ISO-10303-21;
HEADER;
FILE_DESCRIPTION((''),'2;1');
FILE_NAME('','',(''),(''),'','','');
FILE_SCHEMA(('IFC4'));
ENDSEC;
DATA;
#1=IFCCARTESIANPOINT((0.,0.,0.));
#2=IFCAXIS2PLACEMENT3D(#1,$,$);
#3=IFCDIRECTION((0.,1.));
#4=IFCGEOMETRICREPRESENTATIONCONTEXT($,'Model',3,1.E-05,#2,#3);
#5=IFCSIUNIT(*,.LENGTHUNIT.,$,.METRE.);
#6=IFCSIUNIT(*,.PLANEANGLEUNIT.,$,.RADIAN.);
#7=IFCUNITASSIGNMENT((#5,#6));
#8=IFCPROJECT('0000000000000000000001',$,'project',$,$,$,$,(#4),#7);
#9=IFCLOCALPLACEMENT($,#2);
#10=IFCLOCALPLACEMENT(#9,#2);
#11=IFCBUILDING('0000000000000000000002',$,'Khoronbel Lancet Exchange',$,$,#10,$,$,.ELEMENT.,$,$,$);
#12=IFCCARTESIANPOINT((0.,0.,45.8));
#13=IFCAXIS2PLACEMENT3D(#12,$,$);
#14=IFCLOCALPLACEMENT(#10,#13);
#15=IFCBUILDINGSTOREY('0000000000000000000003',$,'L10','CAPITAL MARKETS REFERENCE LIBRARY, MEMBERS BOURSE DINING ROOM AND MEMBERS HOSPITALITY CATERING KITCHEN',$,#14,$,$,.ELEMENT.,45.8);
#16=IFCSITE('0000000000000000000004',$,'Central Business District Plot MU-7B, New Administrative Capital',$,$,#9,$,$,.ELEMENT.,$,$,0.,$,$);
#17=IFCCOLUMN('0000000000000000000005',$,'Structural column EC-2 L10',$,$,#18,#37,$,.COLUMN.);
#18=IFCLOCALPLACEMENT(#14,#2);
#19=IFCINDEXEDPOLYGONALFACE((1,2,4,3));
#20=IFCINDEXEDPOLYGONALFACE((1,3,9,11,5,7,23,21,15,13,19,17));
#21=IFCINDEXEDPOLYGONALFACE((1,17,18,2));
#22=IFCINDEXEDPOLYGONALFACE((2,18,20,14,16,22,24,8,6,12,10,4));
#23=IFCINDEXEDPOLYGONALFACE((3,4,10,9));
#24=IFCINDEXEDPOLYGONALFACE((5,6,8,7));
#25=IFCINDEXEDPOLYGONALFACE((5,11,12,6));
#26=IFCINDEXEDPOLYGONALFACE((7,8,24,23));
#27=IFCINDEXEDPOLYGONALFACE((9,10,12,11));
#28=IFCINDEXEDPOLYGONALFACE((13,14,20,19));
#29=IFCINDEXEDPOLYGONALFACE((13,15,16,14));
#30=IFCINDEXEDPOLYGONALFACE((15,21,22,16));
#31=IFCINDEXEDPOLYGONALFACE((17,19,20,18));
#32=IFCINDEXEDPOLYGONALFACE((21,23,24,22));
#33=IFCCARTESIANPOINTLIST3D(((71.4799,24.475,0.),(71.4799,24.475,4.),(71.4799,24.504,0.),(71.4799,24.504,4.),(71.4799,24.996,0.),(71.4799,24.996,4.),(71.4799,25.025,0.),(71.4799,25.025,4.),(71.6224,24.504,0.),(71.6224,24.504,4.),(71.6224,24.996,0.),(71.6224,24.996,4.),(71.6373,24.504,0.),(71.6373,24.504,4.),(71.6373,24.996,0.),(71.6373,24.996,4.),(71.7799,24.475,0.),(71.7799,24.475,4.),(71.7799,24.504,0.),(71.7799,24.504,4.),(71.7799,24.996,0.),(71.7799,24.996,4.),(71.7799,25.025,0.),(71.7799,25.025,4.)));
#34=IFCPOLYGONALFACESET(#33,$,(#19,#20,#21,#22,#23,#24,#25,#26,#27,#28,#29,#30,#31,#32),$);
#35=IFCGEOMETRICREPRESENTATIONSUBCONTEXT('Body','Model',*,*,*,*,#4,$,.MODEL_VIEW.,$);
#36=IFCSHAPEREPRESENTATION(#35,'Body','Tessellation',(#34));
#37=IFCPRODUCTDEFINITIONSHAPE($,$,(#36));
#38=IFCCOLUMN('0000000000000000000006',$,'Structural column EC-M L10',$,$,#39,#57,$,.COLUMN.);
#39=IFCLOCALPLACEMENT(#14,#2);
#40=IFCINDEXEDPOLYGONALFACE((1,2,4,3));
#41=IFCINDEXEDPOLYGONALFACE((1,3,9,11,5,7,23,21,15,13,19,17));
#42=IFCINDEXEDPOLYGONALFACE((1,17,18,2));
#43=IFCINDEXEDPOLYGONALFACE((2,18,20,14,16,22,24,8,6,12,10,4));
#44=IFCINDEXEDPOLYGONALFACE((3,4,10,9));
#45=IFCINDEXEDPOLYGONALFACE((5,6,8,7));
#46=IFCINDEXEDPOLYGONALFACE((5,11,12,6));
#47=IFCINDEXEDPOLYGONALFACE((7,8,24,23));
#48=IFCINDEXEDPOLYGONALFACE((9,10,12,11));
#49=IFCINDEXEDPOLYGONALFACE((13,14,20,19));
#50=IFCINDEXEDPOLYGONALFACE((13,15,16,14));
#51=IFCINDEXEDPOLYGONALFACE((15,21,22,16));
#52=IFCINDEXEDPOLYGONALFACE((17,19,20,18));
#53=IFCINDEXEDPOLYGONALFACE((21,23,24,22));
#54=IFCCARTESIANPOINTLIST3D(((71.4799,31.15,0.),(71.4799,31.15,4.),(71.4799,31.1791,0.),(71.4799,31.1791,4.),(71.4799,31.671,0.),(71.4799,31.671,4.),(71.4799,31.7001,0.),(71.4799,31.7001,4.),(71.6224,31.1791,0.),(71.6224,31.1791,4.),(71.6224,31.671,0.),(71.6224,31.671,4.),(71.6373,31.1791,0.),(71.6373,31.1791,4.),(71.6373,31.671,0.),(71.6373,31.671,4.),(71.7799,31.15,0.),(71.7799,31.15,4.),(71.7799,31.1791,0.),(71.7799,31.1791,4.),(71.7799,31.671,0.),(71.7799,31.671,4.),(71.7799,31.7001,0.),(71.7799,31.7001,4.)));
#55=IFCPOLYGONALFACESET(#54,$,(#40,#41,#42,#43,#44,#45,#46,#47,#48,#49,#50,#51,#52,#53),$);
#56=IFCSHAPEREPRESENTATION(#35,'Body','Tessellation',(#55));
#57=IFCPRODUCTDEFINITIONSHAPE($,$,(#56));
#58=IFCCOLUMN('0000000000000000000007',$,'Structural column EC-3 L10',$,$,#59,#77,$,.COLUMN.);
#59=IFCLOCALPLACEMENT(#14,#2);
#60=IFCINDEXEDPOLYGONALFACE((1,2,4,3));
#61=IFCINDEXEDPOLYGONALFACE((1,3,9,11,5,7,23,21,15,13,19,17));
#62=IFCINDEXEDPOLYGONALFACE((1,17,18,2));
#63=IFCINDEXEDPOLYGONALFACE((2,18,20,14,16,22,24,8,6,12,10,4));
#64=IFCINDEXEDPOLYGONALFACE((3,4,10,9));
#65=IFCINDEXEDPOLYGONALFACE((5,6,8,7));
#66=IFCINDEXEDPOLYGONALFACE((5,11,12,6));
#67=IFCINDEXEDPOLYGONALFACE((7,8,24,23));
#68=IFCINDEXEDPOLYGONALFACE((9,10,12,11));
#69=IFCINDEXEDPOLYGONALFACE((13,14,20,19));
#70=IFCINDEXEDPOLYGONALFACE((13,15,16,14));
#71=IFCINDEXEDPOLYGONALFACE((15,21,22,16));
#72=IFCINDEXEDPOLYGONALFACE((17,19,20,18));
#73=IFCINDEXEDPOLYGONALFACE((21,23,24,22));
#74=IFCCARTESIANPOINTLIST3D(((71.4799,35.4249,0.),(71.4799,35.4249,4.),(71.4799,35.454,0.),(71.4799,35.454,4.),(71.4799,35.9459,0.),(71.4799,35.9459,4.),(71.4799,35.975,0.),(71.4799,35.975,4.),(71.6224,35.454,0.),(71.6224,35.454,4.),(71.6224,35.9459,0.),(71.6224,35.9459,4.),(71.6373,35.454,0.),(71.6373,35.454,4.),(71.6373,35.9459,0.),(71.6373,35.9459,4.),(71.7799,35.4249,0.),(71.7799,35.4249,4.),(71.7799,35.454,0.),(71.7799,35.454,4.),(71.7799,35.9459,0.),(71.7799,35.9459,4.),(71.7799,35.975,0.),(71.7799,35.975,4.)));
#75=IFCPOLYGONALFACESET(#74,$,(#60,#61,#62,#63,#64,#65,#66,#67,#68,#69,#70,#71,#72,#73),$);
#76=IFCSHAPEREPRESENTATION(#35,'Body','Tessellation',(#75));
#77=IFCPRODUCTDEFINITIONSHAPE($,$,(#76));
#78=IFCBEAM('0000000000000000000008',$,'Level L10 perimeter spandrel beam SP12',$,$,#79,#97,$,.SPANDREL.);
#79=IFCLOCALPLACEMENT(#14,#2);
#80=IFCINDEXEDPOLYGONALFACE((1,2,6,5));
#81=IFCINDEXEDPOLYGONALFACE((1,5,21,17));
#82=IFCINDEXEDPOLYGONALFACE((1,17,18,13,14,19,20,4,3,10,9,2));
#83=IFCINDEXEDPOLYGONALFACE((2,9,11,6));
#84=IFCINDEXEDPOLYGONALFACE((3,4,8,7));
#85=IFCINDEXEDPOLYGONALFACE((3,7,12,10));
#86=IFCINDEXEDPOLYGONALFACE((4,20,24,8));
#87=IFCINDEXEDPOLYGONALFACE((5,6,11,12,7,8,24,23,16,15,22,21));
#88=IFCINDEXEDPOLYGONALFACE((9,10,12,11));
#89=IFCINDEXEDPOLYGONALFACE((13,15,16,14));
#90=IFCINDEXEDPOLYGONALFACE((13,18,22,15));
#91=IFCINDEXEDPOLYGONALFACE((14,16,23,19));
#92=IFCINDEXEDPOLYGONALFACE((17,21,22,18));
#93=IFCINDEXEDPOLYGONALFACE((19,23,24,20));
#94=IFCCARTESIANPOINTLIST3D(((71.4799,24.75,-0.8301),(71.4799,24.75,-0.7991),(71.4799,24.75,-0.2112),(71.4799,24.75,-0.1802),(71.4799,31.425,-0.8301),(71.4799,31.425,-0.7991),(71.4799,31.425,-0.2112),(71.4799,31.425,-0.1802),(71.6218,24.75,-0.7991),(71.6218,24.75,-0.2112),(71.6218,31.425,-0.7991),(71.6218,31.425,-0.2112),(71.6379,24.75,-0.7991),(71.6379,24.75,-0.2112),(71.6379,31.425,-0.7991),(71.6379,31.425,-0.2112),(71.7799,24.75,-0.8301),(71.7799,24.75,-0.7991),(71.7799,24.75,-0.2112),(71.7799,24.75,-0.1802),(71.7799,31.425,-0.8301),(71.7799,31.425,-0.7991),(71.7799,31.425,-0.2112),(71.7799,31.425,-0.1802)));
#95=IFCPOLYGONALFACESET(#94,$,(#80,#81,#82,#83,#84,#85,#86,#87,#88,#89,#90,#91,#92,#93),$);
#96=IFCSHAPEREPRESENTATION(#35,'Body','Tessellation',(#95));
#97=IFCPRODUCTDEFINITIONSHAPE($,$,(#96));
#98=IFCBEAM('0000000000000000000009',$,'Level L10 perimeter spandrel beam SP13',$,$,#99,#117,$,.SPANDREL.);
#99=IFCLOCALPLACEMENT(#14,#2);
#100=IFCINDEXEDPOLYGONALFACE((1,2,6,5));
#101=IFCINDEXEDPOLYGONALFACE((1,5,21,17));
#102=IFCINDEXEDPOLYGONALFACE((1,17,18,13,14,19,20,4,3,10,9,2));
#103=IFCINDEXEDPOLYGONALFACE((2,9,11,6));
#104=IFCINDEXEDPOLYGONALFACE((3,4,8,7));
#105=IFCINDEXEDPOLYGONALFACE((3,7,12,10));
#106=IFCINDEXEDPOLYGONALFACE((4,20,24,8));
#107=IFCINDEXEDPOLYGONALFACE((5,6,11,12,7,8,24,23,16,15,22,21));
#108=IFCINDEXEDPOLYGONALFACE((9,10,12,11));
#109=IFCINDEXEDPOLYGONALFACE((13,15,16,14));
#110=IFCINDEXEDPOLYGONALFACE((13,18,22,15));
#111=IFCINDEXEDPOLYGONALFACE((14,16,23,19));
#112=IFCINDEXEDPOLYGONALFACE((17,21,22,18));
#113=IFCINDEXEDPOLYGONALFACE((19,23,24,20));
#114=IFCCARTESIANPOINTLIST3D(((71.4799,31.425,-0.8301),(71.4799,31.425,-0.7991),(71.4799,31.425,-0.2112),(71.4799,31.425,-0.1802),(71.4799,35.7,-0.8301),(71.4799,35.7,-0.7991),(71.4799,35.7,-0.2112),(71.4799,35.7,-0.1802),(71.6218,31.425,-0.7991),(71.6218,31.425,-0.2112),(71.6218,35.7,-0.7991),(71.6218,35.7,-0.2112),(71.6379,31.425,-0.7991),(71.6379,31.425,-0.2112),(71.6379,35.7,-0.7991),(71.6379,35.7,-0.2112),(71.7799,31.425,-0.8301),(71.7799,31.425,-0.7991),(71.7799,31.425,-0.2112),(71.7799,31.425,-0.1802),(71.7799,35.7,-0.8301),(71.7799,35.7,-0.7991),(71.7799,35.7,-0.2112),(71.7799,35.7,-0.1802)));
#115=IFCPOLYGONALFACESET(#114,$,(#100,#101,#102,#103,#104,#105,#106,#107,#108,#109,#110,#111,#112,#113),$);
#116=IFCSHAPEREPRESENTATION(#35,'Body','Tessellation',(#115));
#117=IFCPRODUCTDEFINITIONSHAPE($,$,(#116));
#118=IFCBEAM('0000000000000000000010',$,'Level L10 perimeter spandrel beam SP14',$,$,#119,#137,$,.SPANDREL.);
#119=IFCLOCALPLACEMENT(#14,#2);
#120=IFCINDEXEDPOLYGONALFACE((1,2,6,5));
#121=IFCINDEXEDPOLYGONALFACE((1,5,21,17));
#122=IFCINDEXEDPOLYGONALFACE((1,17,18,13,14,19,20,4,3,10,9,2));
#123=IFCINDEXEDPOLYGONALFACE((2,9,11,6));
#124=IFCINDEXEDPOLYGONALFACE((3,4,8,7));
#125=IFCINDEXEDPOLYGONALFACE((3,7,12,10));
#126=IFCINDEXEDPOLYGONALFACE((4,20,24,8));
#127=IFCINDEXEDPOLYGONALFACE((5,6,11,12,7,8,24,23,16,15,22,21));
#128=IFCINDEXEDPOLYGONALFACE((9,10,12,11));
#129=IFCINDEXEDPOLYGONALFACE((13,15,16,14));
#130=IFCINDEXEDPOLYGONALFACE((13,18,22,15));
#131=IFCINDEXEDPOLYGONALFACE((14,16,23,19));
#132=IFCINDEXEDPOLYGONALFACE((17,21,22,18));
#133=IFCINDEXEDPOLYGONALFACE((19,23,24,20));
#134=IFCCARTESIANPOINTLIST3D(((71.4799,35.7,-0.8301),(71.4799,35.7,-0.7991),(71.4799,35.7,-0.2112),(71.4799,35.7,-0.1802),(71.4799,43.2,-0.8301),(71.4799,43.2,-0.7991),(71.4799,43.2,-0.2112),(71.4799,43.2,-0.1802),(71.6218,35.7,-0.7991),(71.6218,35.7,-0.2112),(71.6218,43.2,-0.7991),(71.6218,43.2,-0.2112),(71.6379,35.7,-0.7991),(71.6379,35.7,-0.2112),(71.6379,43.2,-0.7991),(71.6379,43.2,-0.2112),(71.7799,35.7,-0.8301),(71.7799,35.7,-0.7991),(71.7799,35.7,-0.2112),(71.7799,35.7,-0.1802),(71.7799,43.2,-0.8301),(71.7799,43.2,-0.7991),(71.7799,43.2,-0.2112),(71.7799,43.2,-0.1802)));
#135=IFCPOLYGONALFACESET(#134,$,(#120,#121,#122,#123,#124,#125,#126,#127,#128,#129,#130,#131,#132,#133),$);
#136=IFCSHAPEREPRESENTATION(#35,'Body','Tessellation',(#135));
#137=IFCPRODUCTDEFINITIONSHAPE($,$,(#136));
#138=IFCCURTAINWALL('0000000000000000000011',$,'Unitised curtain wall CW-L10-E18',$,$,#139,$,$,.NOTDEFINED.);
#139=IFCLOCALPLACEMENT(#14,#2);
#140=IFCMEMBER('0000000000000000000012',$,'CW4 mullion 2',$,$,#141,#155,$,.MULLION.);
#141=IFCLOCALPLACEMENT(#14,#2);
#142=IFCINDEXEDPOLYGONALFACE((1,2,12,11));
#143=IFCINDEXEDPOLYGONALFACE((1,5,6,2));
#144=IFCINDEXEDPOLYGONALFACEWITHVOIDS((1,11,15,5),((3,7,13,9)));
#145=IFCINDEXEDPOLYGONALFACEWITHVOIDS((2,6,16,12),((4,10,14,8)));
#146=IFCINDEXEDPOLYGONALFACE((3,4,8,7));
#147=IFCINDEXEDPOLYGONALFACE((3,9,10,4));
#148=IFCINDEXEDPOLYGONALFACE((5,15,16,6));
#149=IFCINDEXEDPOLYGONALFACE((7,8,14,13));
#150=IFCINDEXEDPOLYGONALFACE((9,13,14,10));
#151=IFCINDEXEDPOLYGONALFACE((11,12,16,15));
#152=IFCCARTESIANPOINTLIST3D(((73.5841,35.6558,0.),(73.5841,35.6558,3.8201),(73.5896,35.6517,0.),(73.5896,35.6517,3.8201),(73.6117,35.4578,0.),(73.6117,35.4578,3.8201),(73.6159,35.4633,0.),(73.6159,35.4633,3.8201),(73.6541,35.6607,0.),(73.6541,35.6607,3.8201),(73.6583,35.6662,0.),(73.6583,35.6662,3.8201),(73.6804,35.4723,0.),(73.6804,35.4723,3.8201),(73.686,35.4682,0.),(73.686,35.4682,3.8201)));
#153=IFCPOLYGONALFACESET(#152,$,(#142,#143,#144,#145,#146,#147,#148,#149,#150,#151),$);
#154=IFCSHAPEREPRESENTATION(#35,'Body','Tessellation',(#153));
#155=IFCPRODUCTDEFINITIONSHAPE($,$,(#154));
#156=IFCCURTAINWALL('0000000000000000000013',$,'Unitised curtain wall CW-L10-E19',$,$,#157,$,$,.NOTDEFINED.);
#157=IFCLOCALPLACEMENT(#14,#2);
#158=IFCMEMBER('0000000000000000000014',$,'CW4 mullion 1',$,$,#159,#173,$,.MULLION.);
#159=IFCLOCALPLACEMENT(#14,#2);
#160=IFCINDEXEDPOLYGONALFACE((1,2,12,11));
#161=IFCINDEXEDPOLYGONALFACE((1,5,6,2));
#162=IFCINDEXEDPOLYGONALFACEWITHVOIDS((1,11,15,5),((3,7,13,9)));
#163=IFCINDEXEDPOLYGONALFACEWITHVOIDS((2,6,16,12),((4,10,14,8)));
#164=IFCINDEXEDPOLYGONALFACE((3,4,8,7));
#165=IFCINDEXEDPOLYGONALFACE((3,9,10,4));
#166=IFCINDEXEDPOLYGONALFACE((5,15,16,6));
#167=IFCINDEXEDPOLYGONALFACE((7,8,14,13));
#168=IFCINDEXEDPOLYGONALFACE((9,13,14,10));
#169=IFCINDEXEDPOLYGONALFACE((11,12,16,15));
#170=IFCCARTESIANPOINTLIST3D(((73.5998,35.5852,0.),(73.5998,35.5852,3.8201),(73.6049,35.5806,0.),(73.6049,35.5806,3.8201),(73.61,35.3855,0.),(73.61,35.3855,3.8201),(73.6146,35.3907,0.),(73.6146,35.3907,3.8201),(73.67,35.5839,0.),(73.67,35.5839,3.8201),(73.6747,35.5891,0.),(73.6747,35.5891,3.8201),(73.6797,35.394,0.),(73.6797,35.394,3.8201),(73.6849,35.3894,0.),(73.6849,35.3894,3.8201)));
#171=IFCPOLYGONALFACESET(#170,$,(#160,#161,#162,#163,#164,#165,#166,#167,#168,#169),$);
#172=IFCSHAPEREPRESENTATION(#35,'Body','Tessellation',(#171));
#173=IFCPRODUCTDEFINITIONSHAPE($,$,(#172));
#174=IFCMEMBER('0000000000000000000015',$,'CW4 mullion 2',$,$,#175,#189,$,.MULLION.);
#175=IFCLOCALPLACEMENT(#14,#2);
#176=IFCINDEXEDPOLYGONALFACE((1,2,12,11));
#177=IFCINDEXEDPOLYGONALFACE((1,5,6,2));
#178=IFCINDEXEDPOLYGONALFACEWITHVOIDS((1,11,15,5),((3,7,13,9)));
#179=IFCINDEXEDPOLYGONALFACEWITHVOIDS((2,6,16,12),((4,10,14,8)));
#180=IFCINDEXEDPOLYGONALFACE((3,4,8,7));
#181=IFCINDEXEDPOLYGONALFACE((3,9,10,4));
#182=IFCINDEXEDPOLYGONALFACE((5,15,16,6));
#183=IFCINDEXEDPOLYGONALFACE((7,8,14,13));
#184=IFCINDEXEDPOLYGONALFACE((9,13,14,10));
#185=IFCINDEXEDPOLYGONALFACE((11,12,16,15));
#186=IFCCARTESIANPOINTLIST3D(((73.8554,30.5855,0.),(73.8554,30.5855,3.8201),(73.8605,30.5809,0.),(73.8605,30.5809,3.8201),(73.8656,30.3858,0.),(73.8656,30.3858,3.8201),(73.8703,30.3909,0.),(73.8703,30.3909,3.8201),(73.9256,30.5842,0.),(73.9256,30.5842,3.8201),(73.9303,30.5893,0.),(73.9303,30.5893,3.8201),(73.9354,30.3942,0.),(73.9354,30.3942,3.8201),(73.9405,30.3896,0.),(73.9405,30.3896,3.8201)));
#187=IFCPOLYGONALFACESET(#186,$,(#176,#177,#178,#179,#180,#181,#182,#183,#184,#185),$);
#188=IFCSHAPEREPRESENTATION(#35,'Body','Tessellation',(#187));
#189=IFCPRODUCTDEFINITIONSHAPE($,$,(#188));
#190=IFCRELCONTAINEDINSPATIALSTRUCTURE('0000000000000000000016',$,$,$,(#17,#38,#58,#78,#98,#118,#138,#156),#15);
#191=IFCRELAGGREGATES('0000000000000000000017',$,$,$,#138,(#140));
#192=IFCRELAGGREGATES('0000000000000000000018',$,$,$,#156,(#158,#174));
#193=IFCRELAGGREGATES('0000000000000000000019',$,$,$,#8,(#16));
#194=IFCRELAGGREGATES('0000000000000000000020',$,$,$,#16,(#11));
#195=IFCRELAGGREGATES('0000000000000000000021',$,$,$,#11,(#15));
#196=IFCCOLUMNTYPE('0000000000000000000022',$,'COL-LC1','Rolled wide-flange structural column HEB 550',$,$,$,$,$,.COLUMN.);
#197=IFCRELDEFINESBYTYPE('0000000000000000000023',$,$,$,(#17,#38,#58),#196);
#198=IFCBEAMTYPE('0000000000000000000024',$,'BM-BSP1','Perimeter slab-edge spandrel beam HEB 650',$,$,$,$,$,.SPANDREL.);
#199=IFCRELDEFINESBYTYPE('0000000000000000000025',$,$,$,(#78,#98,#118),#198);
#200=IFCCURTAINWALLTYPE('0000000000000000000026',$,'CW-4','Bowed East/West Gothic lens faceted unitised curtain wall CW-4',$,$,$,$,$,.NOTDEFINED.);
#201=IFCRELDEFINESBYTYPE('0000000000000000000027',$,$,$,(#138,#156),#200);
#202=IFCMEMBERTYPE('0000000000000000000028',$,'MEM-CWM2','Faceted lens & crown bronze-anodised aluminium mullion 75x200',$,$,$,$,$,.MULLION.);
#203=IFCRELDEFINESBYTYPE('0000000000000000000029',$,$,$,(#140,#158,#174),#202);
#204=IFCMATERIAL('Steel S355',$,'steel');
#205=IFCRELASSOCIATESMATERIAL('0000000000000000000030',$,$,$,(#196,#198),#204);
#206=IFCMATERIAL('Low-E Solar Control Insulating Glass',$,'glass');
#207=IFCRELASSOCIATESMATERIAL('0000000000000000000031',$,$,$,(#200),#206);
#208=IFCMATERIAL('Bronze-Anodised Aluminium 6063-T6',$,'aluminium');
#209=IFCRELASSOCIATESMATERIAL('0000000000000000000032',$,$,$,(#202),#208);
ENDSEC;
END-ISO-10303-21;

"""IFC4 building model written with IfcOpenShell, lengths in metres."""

from ifc_helpers import new_model, si_unit, direction, frame, origin, origin_2d, place, context, subcontext, project, spatial, hollow_rectangle, i_section, extrude, material, material_profile, profile_set, type_object, element, aggregate, save


model = new_model("IFC4")

# Units and contexts
model_context = context("Model", 3, precision=1e-05, world=origin(), true_north=direction((0.0, 1.0)))
body_context = subcontext(model_context, "Body", "Model", "MODEL_VIEW")
ifc_project = project(units=[si_unit("LENGTHUNIT", "METRE"), si_unit("PLANEANGLEUNIT", "RADIAN")], contexts=[model_context])

# Site, building, storey
site_placement = place(None, origin())
site = spatial("IfcSite", under=ifc_project, at=site_placement, Name="Central Business District Plot MU-7B, New Administrative Capital", CompositionType="ELEMENT", RefElevation=0.0)
building_placement = place(site_placement, origin())
building = spatial("IfcBuilding", under=site, at=building_placement, Name="Khoronbel Lancet Exchange", CompositionType="ELEMENT")
storey_placement = place(building_placement, frame((0.0, 0.0, 45.8)))
storey = spatial("IfcBuildingStorey", under=building, at=storey_placement, Name="L10", Description="CAPITAL MARKETS REFERENCE LIBRARY, MEMBERS BOURSE DINING ROOM AND MEMBERS HOSPITALITY CATERING KITCHEN", CompositionType="ELEMENT", Elevation=45.8)

# Columns
ifc_material_1 = material(Name="Steel S355", Category="steel")
ifc_material_profile_1 = material_profile(ifc_material_1, i_section(OverallWidth=0.3, OverallDepth=0.55, WebThickness=0.0149, FlangeThickness=0.0291, at=origin_2d()), Name="HEB 550")
ifc_profile_set_1 = profile_set([ifc_material_profile_1], Name="Steel S355")
column_type = type_object("IfcColumnType", Name="COL-LC1", Description="Rolled wide-flange structural column HEB 550", PredefinedType="COLUMN", material=ifc_profile_set_1)
for number, where, z_axis, x_axis, name in (
    (1, (71.6299, 24.75, 0.0), (0.0, 0.0, 1.0), (1.0, 0.0, 0.0), "Structural column EC-2 L10"),
    (2, (71.6299, 31.425, 0.0), (0.0, 0.0, 1.0), (1.0, 0.0, 0.0), "Structural column EC-M L10"),
    (3, (71.6299, 35.7, 0.0), (0.0, 0.0, 1.0), (1.0, 0.0, 0.0), "Structural column EC-3 L10"),
):
    element("IfcColumn", number, at=place(storey_placement, frame(where, z_axis=z_axis, x_axis=x_axis)), inside=storey, type_object=column_type, Name=name, PredefinedType="COLUMN", context=body_context, shape_type="SweptSolid", body=[
        extrude(i_section(OverallWidth=0.3, OverallDepth=0.55, WebThickness=0.0149, FlangeThickness=0.0291, at=origin_2d()), origin(), (0.0, 0.0, 1.0), 4.0),
    ])

# Beams
ifc_material_profile_2 = material_profile(ifc_material_1, i_section(OverallWidth=0.3, OverallDepth=0.6499, WebThickness=0.0161, FlangeThickness=0.031, at=origin_2d()), Name="HEB 650")
ifc_profile_set_2 = profile_set([ifc_material_profile_2], Name="Steel S355")
beam_type = type_object("IfcBeamType", Name="BM-BSP1", Description="Perimeter slab-edge spandrel beam HEB 650", PredefinedType="SPANDREL", material=ifc_profile_set_2)
beam_1_placement = place(storey_placement, frame((71.6299, 24.75, -0.5051), z_axis=(0.0, 1.0, 0.0), x_axis=(-1.0, 0.0, 0.0)))
element("IfcBeam", 4, at=beam_1_placement, inside=storey, type_object=beam_type, Name="Level L10 perimeter spandrel beam SP12", PredefinedType="SPANDREL", context=body_context, shape_type="SweptSolid", body=[
    extrude(i_section(OverallWidth=0.3, OverallDepth=0.6499, WebThickness=0.0161, FlangeThickness=0.031, at=origin_2d()), origin(), (0.0, 0.0, 1.0), 6.675),
])
beam_2_placement = place(storey_placement, frame((71.6299, 31.425, -0.5051), z_axis=(0.0, 1.0, 0.0), x_axis=(-1.0, 0.0, 0.0)))
element("IfcBeam", 5, at=beam_2_placement, inside=storey, type_object=beam_type, Name="Level L10 perimeter spandrel beam SP13", PredefinedType="SPANDREL", context=body_context, shape_type="SweptSolid", body=[
    extrude(i_section(OverallWidth=0.3, OverallDepth=0.6499, WebThickness=0.0161, FlangeThickness=0.031, at=origin_2d()), origin(), (0.0, 0.0, 1.0), 4.2749),
])
beam_3_placement = place(storey_placement, frame((71.6299, 35.7, -0.5051), z_axis=(0.0, 1.0, 0.0), x_axis=(-1.0, 0.0, 0.0)))
element("IfcBeam", 6, at=beam_3_placement, inside=storey, type_object=beam_type, Name="Level L10 perimeter spandrel beam SP14", PredefinedType="SPANDREL", context=body_context, shape_type="SweptSolid", body=[
    extrude(i_section(OverallWidth=0.3, OverallDepth=0.6499, WebThickness=0.0161, FlangeThickness=0.031, at=origin_2d()), origin(), (0.0, 0.0, 1.0), 7.5),
])

# Curtain wall, member
ifc_material_2 = material(Name="Low-E Solar Control Insulating Glass", Category="glass")
curtain_wall_type = type_object("IfcCurtainWallType", Name="CW-4", Description="Bowed East/West Gothic lens faceted unitised curtain wall CW-4", PredefinedType="NOTDEFINED", material=ifc_material_2)
curtain_wall_1_placement = place(storey_placement, origin())
curtain_wall_1 = element("IfcCurtainWall", 7, at=curtain_wall_1_placement, inside=storey, type_object=curtain_wall_type, Name="Unitised curtain wall CW-L10-E18", PredefinedType="NOTDEFINED")
ifc_material_3 = material(Name="Bronze-Anodised Aluminium 6063-T6", Category="aluminium")
ifc_material_profile_3 = material_profile(ifc_material_3, hollow_rectangle(XDim=0.075, YDim=0.2, WallThickness=0.0049, at=origin_2d()), Name="ALU MULLION 75x200")
ifc_profile_set_3 = profile_set([ifc_material_profile_3], Name="Bronze-Anodised Aluminium 6063-T6")
member_type_1 = type_object("IfcMemberType", Name="MEM-CWM2", Description="Faceted lens & crown bronze-anodised aluminium mullion 75x200", PredefinedType="MULLION", material=ifc_profile_set_3)
member_1_placement = place(storey_placement, frame((73.635, 35.562, 0.0), z_axis=(0.0, 0.0, 1.0), x_axis=(0.990385, 0.13834, 0.0)))
member_1 = element("IfcMember", 8, at=member_1_placement, type_object=member_type_1, Name="CW4 mullion 2", PredefinedType="MULLION", context=body_context, shape_type="SweptSolid", body=[
    extrude(hollow_rectangle(XDim=0.075, YDim=0.2, WallThickness=0.0049, at=origin_2d()), origin(), (0.0, 0.0, 1.0), 3.8201),
])
aggregate(curtain_wall_1, [member_1])

# Curtain wall, members
curtain_wall_2_placement = place(storey_placement, origin())
curtain_wall_2 = element("IfcCurtainWall", 9, at=curtain_wall_2_placement, inside=storey, type_object=curtain_wall_type, Name="Unitised curtain wall CW-L10-E19", PredefinedType="NOTDEFINED")
member_2_placement = place(storey_placement, frame((73.6423, 35.4873, 0.0), z_axis=(0.0, 0.0, 1.0), x_axis=(0.998695, 0.051068, 0.0)))
member_2 = element("IfcMember", 10, at=member_2_placement, type_object=member_type_1, Name="CW4 mullion 1", PredefinedType="MULLION", context=body_context, shape_type="SweptSolid", body=[
    extrude(hollow_rectangle(XDim=0.075, YDim=0.2, WallThickness=0.0049, at=origin_2d()), origin(), (0.0, 0.0, 1.0), 3.8201),
])
member_3_placement = place(storey_placement, frame((73.8979, 30.4875, 0.0), z_axis=(0.0, 0.0, 1.0), x_axis=(0.998695, 0.051068, 0.0)))
member_3 = element("IfcMember", 11, at=member_3_placement, type_object=member_type_1, Name="CW4 mullion 2", PredefinedType="MULLION", context=body_context, shape_type="SweptSolid", body=[
    extrude(hollow_rectangle(XDim=0.075, YDim=0.2, WallThickness=0.0049, at=origin_2d()), origin(), (0.0, 0.0, 1.0), 3.8201),
])

aggregate(curtain_wall_2, [member_2, member_3])

save(model, "model.ifc")
